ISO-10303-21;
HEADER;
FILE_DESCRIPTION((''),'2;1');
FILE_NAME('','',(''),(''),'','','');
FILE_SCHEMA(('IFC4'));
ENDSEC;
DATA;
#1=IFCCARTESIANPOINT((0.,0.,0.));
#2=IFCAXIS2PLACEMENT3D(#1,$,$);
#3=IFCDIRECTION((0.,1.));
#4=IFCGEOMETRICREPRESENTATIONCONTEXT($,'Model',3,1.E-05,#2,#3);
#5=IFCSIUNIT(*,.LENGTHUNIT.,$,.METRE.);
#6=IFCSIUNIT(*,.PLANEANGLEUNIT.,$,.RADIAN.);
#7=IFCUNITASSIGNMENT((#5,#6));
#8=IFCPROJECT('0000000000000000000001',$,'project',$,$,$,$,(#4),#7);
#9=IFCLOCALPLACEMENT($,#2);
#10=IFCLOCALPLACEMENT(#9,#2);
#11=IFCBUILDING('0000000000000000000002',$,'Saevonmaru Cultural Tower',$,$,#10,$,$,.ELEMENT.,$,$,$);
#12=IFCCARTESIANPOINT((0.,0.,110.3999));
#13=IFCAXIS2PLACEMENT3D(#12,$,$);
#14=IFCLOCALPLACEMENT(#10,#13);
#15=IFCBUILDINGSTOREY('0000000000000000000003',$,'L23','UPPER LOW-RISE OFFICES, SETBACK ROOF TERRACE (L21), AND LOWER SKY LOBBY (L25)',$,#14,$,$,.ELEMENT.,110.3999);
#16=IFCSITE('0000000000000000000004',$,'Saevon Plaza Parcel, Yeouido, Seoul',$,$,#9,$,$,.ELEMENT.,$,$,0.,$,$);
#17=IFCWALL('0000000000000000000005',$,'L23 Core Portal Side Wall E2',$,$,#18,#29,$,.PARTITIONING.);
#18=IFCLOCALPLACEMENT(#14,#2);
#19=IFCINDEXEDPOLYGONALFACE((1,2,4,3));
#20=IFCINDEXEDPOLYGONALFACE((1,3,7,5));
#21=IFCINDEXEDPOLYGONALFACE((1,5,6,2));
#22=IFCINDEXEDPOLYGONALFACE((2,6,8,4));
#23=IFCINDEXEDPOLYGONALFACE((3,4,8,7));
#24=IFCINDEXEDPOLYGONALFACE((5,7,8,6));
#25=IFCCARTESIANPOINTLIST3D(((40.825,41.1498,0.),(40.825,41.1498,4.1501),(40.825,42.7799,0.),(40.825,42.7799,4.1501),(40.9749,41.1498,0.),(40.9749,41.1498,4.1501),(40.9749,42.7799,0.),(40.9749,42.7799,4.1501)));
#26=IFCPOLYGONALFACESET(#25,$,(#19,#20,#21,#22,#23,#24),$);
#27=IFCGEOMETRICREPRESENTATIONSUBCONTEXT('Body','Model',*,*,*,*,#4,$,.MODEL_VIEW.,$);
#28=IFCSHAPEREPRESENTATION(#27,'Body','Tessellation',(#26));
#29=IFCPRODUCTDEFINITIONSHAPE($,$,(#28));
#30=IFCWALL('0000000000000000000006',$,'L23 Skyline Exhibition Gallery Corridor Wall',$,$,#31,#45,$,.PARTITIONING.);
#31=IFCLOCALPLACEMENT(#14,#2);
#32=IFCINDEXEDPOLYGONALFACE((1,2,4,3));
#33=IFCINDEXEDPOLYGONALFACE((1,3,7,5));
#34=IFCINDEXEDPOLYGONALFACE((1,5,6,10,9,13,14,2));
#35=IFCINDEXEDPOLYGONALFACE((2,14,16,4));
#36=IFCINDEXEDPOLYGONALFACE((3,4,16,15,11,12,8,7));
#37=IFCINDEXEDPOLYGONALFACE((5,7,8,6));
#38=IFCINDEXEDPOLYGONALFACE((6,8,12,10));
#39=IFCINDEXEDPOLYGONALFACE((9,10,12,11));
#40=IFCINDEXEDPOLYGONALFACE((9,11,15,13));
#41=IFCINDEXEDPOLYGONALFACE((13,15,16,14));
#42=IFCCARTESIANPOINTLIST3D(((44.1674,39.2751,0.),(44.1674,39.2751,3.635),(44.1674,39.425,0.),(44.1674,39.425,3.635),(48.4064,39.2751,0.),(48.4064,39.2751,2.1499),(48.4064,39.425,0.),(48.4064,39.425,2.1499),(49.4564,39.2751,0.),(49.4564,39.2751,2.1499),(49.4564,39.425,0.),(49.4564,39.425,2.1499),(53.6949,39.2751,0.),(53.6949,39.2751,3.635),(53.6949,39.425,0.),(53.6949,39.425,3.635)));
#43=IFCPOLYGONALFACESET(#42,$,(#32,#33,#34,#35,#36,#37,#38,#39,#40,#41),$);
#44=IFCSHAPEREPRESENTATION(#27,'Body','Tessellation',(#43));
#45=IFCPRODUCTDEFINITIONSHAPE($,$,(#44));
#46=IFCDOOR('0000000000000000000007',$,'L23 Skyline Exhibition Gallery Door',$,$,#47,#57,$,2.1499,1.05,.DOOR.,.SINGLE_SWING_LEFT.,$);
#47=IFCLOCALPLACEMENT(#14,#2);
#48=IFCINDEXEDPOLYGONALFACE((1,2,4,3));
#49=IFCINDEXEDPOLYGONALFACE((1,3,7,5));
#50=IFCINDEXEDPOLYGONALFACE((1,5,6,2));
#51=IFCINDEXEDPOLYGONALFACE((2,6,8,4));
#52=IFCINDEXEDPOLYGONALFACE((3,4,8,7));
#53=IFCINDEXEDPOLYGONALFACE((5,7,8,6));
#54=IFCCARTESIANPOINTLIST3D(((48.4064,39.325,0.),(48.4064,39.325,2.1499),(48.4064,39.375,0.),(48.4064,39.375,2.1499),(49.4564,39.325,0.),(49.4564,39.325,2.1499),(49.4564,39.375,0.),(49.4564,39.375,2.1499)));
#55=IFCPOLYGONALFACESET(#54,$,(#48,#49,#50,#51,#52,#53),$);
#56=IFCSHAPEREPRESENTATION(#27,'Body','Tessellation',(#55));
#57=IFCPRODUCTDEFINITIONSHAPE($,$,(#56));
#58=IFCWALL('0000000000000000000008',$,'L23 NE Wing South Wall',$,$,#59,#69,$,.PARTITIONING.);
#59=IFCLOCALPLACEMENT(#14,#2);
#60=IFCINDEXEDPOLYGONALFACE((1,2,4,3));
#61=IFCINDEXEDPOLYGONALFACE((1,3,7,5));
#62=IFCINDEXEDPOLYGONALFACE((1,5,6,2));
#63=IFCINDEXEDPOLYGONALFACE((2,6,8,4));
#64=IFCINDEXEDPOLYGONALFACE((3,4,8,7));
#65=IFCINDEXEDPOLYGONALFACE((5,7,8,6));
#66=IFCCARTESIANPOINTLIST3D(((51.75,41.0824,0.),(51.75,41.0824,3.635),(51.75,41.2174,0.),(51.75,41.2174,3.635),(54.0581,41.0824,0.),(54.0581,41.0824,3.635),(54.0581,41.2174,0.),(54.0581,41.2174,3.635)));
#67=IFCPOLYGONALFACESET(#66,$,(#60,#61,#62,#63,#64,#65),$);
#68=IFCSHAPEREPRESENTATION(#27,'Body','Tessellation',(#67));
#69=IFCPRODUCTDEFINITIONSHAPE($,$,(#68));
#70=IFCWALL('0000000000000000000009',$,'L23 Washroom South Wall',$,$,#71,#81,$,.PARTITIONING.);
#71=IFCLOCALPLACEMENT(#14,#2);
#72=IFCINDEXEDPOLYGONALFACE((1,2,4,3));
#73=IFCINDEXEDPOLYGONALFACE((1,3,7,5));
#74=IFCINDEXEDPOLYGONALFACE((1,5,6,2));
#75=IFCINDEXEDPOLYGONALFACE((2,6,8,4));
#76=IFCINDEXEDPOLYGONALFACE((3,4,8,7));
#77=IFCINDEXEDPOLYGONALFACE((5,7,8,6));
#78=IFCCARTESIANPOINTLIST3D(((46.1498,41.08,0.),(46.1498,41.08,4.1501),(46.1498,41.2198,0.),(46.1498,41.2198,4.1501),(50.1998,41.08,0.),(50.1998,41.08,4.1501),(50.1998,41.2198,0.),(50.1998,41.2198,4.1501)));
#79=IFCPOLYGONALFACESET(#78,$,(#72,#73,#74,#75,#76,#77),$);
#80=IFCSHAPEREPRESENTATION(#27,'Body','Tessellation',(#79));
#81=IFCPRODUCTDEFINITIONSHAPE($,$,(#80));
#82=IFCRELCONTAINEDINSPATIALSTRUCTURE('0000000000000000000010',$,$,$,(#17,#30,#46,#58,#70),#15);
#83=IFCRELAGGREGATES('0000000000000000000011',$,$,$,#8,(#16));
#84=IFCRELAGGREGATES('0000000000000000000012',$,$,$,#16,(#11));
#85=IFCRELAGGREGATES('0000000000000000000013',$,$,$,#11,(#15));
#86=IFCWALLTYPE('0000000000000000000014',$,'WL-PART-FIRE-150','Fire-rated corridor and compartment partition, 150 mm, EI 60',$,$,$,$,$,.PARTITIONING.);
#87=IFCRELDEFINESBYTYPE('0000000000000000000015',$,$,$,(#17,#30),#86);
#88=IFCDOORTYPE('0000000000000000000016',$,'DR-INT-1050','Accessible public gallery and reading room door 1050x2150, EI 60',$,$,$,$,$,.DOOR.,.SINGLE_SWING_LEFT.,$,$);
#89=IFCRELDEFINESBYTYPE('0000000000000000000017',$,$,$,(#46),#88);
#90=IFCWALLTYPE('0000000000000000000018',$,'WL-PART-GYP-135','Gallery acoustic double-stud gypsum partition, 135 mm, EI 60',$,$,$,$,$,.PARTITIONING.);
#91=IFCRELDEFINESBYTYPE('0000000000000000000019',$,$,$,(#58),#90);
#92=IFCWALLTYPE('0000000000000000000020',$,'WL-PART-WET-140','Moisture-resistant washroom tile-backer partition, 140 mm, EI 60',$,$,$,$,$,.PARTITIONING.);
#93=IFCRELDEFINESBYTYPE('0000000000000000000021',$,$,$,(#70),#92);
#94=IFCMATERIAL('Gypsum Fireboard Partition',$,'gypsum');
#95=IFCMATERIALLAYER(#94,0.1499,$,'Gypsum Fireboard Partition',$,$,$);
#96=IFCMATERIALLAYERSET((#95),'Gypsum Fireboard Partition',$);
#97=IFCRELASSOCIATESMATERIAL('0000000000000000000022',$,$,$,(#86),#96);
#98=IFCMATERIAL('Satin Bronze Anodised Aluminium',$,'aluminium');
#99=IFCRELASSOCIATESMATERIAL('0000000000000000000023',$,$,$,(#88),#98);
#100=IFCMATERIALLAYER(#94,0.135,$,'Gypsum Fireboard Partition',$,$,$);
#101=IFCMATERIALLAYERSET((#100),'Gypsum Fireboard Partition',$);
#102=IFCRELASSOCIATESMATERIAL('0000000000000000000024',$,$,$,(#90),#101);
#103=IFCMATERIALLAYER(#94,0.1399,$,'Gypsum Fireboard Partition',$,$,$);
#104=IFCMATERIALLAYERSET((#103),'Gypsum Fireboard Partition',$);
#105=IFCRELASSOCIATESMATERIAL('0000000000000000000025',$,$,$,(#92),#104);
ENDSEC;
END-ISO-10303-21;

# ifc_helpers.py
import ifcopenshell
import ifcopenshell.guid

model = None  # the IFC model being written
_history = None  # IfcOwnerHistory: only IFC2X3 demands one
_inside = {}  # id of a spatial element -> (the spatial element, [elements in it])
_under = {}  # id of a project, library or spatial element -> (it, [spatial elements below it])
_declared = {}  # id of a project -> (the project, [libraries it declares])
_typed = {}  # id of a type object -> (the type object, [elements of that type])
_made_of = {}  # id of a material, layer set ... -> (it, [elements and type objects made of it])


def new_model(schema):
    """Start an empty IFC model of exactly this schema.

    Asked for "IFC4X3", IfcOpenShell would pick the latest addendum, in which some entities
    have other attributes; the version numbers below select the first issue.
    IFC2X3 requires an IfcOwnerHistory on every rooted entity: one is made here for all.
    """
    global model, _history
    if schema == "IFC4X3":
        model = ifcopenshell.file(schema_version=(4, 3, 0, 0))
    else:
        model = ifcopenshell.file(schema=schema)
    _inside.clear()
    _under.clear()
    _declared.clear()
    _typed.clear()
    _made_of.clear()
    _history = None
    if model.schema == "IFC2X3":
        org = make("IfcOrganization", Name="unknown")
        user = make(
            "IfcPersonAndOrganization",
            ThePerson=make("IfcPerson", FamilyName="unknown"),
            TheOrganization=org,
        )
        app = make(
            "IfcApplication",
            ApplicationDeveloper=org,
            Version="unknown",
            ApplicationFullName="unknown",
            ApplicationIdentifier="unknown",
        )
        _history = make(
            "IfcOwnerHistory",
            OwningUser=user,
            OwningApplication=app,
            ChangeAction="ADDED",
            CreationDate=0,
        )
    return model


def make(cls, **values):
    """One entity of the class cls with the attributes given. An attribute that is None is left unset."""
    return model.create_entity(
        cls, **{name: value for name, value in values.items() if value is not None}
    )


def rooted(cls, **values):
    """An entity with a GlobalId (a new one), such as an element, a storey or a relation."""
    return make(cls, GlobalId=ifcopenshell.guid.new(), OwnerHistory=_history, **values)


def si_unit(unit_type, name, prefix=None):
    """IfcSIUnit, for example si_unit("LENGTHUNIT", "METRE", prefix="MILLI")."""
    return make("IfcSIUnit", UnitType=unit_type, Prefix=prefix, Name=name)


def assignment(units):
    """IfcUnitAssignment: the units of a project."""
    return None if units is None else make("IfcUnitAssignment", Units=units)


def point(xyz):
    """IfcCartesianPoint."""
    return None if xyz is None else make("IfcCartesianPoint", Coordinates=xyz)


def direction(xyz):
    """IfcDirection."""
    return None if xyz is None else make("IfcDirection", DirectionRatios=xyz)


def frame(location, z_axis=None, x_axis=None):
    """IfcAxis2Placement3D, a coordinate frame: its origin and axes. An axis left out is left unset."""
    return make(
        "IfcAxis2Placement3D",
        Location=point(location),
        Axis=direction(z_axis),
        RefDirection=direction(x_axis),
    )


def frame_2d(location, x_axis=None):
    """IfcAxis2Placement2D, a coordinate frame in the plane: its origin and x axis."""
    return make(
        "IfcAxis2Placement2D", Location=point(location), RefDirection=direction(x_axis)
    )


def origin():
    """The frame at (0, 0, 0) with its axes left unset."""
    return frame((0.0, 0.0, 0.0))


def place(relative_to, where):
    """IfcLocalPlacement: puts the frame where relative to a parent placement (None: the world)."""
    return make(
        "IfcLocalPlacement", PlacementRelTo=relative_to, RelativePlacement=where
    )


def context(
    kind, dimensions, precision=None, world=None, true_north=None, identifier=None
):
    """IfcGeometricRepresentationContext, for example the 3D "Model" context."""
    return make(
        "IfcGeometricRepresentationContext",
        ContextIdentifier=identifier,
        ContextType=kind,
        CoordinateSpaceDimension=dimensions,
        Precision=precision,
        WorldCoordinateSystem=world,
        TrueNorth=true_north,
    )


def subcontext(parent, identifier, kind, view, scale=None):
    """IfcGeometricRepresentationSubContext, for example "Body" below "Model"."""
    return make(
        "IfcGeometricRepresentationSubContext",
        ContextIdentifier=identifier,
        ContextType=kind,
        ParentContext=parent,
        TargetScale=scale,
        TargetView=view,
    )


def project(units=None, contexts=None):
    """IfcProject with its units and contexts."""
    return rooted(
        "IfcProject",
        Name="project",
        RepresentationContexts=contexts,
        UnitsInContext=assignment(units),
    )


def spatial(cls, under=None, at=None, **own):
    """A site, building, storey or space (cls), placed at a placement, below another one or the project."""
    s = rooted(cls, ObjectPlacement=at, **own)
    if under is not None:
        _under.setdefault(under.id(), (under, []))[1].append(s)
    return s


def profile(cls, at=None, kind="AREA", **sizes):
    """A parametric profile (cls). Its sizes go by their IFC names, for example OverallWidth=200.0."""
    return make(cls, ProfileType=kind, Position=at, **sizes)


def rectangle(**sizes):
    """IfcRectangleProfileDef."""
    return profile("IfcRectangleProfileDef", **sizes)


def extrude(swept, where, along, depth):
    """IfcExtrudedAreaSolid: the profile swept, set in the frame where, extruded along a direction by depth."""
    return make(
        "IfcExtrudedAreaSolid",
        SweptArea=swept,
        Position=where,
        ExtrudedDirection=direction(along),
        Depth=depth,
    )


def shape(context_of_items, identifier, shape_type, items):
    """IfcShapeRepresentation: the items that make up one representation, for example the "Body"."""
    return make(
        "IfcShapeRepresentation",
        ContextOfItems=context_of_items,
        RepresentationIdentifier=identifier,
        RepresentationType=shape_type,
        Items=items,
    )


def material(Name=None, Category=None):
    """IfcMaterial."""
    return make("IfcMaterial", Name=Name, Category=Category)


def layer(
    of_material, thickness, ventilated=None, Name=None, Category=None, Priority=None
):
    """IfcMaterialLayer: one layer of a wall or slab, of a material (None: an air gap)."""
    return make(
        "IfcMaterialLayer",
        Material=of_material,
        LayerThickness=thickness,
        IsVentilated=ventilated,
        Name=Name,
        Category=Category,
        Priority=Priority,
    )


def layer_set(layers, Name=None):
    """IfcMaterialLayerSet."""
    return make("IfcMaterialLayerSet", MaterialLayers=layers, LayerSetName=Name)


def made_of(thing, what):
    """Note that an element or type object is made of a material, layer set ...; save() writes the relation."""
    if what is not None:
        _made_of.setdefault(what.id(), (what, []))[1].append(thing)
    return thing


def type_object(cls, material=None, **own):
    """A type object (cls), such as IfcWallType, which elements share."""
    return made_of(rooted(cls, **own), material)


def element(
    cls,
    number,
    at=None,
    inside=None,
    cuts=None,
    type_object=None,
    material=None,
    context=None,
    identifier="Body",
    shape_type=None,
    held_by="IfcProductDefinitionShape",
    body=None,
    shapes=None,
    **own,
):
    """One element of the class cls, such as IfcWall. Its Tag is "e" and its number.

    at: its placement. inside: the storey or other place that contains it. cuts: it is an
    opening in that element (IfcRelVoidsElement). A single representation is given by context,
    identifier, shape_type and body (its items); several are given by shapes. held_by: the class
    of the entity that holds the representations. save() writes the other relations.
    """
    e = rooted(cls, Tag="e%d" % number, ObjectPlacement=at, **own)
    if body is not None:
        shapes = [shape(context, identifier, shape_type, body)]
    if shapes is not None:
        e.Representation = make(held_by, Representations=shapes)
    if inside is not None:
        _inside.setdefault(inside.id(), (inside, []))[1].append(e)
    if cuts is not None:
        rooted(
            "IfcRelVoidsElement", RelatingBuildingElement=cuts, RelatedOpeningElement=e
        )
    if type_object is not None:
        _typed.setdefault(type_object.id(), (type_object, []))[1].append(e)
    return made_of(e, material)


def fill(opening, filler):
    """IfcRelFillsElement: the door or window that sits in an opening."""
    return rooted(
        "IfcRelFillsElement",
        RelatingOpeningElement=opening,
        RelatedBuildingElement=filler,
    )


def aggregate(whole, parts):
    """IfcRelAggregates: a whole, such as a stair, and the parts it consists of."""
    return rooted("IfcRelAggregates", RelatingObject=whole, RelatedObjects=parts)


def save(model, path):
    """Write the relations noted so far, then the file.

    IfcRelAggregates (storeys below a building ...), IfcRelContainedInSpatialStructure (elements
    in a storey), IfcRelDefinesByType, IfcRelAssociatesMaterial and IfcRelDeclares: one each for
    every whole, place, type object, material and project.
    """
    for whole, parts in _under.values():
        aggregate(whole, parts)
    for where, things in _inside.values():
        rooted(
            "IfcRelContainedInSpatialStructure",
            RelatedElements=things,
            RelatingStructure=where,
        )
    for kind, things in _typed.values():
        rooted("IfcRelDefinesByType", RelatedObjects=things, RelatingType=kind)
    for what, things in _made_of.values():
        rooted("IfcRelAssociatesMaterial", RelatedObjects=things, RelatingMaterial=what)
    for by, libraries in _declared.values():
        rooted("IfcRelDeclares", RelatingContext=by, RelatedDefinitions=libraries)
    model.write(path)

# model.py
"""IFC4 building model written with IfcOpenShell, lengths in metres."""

from ifc_helpers import new_model, si_unit, direction, frame, frame_2d, origin, place, context, subcontext, project, spatial, rectangle, extrude, material, layer, layer_set, type_object, element, fill, save


model = new_model("IFC4")

# Units and contexts
model_context = context("Model", 3, precision=1e-05, world=origin(), true_north=direction((0.0, 1.0)))
body_context = subcontext(model_context, "Body", "Model", "MODEL_VIEW")
ifc_project = project(units=[si_unit("LENGTHUNIT", "METRE"), si_unit("PLANEANGLEUNIT", "RADIAN")], contexts=[model_context])

# Site, building, storey
site_placement = place(None, origin())
site = spatial("IfcSite", under=ifc_project, at=site_placement, Name="Saevon Plaza Parcel, Yeouido, Seoul", CompositionType="ELEMENT", RefElevation=0.0)
building_placement = place(site_placement, origin())
building = spatial("IfcBuilding", under=site, at=building_placement, Name="Saevonmaru Cultural Tower", CompositionType="ELEMENT")
storey_placement = place(building_placement, frame((0.0, 0.0, 110.3999)))
storey = spatial("IfcBuildingStorey", under=building, at=storey_placement, Name="L23", Description="UPPER LOW-RISE OFFICES, SETBACK ROOF TERRACE (L21), AND LOWER SKY LOBBY (L25)", CompositionType="ELEMENT", Elevation=110.3999)

# Shared definitions
ifc_material_1 = material(Name="Satin Bronze Anodised Aluminium", Category="aluminium")

# Wall
ifc_material_2 = material(Name="Gypsum Fireboard Partition", Category="gypsum")
ifc_layer_1 = layer(ifc_material_2, 0.1499, Name="Gypsum Fireboard Partition")
ifc_layer_set_1 = layer_set([ifc_layer_1], Name="Gypsum Fireboard Partition")
wall_type_1 = type_object("IfcWallType", Name="WL-PART-FIRE-150", Description="Fire-rated corridor and compartment partition, 150 mm, EI 60", PredefinedType="PARTITIONING", material=ifc_layer_set_1)
wall_1_placement = place(storey_placement, frame((40.8999, 41.1499, 0.0), z_axis=(0.0, 0.0, 1.0), x_axis=(0.0, 1.0, 0.0)))
element("IfcWall", 1, at=wall_1_placement, inside=storey, type_object=wall_type_1, Name="L23 Core Portal Side Wall E2", PredefinedType="PARTITIONING", context=body_context, shape_type="SweptSolid", body=[
    extrude(rectangle(XDim=1.6301, YDim=0.1499, at=frame_2d((0.8149, 0.0))), origin(), (0.0, 0.0, 1.0), 4.1501),
])

# Wall, opening, door
wall_2_placement = place(storey_placement, frame((44.1675, 39.3501, 0.0), z_axis=(0.0, 0.0, 1.0), x_axis=(1.0, 0.0, 0.0)))
wall_2 = element("IfcWall", 2, at=wall_2_placement, inside=storey, type_object=wall_type_1, Name="L23 Skyline Exhibition Gallery Corridor Wall", PredefinedType="PARTITIONING", context=body_context, shape_type="SweptSolid", body=[
    extrude(rectangle(XDim=9.5276, YDim=0.1499, at=frame_2d((4.7637, 0.0))), origin(), (0.0, 0.0, 1.0), 3.635),
])
opening_placement = place(wall_2_placement, frame((4.239, 0.0, 0.0)))
opening = element("IfcOpeningElement", 3, at=opening_placement, cuts=wall_2, PredefinedType="OPENING", context=body_context, shape_type="SweptSolid", body=[
    extrude(rectangle(XDim=1.05, YDim=2.1499, at=frame_2d((0.5249, 1.075))), frame((0.0, 0.085, 0.0), z_axis=(0.0, -1.0, 0.0), x_axis=(1.0, 0.0, 0.0)), (0.0, 0.0, 1.0), 0.1699),
])
door_type = type_object("IfcDoorType", Name="DR-INT-1050", Description="Accessible public gallery and reading room door 1050x2150, EI 60", OperationType="SINGLE_SWING_LEFT", PredefinedType="DOOR", material=ifc_material_1)
door_placement = place(opening_placement, origin())
door = element("IfcDoor", 4, at=door_placement, inside=storey, type_object=door_type, Name="L23 Skyline Exhibition Gallery Door", OperationType="SINGLE_SWING_LEFT", OverallHeight=2.1499, OverallWidth=1.05, PredefinedType="DOOR", context=body_context, shape_type="SweptSolid", body=[
    extrude(rectangle(XDim=1.05, YDim=2.1499, at=frame_2d((0.5249, 1.075))), frame((0.0, 0.0249, 0.0), z_axis=(0.0, -1.0, 0.0), x_axis=(1.0, 0.0, 0.0)), (0.0, 0.0, 1.0), 0.05),
])
fill(opening, door)

# Walls
ifc_layer_2 = layer(ifc_material_2, 0.135, Name="Gypsum Fireboard Partition")
ifc_layer_set_2 = layer_set([ifc_layer_2], Name="Gypsum Fireboard Partition")
wall_type_2 = type_object("IfcWallType", Name="WL-PART-GYP-135", Description="Gallery acoustic double-stud gypsum partition, 135 mm, EI 60", PredefinedType="PARTITIONING", material=ifc_layer_set_2)
wall_3_placement = place(storey_placement, frame((51.75, 41.1499, 0.0), z_axis=(0.0, 0.0, 1.0), x_axis=(1.0, 0.0, 0.0)))
element("IfcWall", 5, at=wall_3_placement, inside=storey, type_object=wall_type_2, Name="L23 NE Wing South Wall", PredefinedType="PARTITIONING", context=body_context, shape_type="SweptSolid", body=[
    extrude(rectangle(XDim=2.3081, YDim=0.135, at=frame_2d((1.1541, 0.0))), origin(), (0.0, 0.0, 1.0), 3.635),
])
ifc_layer_3 = layer(ifc_material_2, 0.1399, Name="Gypsum Fireboard Partition")
ifc_layer_set_3 = layer_set([ifc_layer_3], Name="Gypsum Fireboard Partition")
wall_type_3 = type_object("IfcWallType", Name="WL-PART-WET-140", Description="Moisture-resistant washroom tile-backer partition, 140 mm, EI 60", PredefinedType="PARTITIONING", material=ifc_layer_set_3)
wall_4_placement = place(storey_placement, frame((46.1499, 41.1499, 0.0), z_axis=(0.0, 0.0, 1.0), x_axis=(1.0, 0.0, 0.0)))
element("IfcWall", 6, at=wall_4_placement, inside=storey, type_object=wall_type_3, Name="L23 Washroom South Wall", PredefinedType="PARTITIONING", context=body_context, shape_type="SweptSolid", body=[
    extrude(rectangle(XDim=4.05, YDim=0.1399, at=frame_2d((2.0249, 0.0))), origin(), (0.0, 0.0, 1.0), 4.1501),
])

save(model, "model.ifc")
